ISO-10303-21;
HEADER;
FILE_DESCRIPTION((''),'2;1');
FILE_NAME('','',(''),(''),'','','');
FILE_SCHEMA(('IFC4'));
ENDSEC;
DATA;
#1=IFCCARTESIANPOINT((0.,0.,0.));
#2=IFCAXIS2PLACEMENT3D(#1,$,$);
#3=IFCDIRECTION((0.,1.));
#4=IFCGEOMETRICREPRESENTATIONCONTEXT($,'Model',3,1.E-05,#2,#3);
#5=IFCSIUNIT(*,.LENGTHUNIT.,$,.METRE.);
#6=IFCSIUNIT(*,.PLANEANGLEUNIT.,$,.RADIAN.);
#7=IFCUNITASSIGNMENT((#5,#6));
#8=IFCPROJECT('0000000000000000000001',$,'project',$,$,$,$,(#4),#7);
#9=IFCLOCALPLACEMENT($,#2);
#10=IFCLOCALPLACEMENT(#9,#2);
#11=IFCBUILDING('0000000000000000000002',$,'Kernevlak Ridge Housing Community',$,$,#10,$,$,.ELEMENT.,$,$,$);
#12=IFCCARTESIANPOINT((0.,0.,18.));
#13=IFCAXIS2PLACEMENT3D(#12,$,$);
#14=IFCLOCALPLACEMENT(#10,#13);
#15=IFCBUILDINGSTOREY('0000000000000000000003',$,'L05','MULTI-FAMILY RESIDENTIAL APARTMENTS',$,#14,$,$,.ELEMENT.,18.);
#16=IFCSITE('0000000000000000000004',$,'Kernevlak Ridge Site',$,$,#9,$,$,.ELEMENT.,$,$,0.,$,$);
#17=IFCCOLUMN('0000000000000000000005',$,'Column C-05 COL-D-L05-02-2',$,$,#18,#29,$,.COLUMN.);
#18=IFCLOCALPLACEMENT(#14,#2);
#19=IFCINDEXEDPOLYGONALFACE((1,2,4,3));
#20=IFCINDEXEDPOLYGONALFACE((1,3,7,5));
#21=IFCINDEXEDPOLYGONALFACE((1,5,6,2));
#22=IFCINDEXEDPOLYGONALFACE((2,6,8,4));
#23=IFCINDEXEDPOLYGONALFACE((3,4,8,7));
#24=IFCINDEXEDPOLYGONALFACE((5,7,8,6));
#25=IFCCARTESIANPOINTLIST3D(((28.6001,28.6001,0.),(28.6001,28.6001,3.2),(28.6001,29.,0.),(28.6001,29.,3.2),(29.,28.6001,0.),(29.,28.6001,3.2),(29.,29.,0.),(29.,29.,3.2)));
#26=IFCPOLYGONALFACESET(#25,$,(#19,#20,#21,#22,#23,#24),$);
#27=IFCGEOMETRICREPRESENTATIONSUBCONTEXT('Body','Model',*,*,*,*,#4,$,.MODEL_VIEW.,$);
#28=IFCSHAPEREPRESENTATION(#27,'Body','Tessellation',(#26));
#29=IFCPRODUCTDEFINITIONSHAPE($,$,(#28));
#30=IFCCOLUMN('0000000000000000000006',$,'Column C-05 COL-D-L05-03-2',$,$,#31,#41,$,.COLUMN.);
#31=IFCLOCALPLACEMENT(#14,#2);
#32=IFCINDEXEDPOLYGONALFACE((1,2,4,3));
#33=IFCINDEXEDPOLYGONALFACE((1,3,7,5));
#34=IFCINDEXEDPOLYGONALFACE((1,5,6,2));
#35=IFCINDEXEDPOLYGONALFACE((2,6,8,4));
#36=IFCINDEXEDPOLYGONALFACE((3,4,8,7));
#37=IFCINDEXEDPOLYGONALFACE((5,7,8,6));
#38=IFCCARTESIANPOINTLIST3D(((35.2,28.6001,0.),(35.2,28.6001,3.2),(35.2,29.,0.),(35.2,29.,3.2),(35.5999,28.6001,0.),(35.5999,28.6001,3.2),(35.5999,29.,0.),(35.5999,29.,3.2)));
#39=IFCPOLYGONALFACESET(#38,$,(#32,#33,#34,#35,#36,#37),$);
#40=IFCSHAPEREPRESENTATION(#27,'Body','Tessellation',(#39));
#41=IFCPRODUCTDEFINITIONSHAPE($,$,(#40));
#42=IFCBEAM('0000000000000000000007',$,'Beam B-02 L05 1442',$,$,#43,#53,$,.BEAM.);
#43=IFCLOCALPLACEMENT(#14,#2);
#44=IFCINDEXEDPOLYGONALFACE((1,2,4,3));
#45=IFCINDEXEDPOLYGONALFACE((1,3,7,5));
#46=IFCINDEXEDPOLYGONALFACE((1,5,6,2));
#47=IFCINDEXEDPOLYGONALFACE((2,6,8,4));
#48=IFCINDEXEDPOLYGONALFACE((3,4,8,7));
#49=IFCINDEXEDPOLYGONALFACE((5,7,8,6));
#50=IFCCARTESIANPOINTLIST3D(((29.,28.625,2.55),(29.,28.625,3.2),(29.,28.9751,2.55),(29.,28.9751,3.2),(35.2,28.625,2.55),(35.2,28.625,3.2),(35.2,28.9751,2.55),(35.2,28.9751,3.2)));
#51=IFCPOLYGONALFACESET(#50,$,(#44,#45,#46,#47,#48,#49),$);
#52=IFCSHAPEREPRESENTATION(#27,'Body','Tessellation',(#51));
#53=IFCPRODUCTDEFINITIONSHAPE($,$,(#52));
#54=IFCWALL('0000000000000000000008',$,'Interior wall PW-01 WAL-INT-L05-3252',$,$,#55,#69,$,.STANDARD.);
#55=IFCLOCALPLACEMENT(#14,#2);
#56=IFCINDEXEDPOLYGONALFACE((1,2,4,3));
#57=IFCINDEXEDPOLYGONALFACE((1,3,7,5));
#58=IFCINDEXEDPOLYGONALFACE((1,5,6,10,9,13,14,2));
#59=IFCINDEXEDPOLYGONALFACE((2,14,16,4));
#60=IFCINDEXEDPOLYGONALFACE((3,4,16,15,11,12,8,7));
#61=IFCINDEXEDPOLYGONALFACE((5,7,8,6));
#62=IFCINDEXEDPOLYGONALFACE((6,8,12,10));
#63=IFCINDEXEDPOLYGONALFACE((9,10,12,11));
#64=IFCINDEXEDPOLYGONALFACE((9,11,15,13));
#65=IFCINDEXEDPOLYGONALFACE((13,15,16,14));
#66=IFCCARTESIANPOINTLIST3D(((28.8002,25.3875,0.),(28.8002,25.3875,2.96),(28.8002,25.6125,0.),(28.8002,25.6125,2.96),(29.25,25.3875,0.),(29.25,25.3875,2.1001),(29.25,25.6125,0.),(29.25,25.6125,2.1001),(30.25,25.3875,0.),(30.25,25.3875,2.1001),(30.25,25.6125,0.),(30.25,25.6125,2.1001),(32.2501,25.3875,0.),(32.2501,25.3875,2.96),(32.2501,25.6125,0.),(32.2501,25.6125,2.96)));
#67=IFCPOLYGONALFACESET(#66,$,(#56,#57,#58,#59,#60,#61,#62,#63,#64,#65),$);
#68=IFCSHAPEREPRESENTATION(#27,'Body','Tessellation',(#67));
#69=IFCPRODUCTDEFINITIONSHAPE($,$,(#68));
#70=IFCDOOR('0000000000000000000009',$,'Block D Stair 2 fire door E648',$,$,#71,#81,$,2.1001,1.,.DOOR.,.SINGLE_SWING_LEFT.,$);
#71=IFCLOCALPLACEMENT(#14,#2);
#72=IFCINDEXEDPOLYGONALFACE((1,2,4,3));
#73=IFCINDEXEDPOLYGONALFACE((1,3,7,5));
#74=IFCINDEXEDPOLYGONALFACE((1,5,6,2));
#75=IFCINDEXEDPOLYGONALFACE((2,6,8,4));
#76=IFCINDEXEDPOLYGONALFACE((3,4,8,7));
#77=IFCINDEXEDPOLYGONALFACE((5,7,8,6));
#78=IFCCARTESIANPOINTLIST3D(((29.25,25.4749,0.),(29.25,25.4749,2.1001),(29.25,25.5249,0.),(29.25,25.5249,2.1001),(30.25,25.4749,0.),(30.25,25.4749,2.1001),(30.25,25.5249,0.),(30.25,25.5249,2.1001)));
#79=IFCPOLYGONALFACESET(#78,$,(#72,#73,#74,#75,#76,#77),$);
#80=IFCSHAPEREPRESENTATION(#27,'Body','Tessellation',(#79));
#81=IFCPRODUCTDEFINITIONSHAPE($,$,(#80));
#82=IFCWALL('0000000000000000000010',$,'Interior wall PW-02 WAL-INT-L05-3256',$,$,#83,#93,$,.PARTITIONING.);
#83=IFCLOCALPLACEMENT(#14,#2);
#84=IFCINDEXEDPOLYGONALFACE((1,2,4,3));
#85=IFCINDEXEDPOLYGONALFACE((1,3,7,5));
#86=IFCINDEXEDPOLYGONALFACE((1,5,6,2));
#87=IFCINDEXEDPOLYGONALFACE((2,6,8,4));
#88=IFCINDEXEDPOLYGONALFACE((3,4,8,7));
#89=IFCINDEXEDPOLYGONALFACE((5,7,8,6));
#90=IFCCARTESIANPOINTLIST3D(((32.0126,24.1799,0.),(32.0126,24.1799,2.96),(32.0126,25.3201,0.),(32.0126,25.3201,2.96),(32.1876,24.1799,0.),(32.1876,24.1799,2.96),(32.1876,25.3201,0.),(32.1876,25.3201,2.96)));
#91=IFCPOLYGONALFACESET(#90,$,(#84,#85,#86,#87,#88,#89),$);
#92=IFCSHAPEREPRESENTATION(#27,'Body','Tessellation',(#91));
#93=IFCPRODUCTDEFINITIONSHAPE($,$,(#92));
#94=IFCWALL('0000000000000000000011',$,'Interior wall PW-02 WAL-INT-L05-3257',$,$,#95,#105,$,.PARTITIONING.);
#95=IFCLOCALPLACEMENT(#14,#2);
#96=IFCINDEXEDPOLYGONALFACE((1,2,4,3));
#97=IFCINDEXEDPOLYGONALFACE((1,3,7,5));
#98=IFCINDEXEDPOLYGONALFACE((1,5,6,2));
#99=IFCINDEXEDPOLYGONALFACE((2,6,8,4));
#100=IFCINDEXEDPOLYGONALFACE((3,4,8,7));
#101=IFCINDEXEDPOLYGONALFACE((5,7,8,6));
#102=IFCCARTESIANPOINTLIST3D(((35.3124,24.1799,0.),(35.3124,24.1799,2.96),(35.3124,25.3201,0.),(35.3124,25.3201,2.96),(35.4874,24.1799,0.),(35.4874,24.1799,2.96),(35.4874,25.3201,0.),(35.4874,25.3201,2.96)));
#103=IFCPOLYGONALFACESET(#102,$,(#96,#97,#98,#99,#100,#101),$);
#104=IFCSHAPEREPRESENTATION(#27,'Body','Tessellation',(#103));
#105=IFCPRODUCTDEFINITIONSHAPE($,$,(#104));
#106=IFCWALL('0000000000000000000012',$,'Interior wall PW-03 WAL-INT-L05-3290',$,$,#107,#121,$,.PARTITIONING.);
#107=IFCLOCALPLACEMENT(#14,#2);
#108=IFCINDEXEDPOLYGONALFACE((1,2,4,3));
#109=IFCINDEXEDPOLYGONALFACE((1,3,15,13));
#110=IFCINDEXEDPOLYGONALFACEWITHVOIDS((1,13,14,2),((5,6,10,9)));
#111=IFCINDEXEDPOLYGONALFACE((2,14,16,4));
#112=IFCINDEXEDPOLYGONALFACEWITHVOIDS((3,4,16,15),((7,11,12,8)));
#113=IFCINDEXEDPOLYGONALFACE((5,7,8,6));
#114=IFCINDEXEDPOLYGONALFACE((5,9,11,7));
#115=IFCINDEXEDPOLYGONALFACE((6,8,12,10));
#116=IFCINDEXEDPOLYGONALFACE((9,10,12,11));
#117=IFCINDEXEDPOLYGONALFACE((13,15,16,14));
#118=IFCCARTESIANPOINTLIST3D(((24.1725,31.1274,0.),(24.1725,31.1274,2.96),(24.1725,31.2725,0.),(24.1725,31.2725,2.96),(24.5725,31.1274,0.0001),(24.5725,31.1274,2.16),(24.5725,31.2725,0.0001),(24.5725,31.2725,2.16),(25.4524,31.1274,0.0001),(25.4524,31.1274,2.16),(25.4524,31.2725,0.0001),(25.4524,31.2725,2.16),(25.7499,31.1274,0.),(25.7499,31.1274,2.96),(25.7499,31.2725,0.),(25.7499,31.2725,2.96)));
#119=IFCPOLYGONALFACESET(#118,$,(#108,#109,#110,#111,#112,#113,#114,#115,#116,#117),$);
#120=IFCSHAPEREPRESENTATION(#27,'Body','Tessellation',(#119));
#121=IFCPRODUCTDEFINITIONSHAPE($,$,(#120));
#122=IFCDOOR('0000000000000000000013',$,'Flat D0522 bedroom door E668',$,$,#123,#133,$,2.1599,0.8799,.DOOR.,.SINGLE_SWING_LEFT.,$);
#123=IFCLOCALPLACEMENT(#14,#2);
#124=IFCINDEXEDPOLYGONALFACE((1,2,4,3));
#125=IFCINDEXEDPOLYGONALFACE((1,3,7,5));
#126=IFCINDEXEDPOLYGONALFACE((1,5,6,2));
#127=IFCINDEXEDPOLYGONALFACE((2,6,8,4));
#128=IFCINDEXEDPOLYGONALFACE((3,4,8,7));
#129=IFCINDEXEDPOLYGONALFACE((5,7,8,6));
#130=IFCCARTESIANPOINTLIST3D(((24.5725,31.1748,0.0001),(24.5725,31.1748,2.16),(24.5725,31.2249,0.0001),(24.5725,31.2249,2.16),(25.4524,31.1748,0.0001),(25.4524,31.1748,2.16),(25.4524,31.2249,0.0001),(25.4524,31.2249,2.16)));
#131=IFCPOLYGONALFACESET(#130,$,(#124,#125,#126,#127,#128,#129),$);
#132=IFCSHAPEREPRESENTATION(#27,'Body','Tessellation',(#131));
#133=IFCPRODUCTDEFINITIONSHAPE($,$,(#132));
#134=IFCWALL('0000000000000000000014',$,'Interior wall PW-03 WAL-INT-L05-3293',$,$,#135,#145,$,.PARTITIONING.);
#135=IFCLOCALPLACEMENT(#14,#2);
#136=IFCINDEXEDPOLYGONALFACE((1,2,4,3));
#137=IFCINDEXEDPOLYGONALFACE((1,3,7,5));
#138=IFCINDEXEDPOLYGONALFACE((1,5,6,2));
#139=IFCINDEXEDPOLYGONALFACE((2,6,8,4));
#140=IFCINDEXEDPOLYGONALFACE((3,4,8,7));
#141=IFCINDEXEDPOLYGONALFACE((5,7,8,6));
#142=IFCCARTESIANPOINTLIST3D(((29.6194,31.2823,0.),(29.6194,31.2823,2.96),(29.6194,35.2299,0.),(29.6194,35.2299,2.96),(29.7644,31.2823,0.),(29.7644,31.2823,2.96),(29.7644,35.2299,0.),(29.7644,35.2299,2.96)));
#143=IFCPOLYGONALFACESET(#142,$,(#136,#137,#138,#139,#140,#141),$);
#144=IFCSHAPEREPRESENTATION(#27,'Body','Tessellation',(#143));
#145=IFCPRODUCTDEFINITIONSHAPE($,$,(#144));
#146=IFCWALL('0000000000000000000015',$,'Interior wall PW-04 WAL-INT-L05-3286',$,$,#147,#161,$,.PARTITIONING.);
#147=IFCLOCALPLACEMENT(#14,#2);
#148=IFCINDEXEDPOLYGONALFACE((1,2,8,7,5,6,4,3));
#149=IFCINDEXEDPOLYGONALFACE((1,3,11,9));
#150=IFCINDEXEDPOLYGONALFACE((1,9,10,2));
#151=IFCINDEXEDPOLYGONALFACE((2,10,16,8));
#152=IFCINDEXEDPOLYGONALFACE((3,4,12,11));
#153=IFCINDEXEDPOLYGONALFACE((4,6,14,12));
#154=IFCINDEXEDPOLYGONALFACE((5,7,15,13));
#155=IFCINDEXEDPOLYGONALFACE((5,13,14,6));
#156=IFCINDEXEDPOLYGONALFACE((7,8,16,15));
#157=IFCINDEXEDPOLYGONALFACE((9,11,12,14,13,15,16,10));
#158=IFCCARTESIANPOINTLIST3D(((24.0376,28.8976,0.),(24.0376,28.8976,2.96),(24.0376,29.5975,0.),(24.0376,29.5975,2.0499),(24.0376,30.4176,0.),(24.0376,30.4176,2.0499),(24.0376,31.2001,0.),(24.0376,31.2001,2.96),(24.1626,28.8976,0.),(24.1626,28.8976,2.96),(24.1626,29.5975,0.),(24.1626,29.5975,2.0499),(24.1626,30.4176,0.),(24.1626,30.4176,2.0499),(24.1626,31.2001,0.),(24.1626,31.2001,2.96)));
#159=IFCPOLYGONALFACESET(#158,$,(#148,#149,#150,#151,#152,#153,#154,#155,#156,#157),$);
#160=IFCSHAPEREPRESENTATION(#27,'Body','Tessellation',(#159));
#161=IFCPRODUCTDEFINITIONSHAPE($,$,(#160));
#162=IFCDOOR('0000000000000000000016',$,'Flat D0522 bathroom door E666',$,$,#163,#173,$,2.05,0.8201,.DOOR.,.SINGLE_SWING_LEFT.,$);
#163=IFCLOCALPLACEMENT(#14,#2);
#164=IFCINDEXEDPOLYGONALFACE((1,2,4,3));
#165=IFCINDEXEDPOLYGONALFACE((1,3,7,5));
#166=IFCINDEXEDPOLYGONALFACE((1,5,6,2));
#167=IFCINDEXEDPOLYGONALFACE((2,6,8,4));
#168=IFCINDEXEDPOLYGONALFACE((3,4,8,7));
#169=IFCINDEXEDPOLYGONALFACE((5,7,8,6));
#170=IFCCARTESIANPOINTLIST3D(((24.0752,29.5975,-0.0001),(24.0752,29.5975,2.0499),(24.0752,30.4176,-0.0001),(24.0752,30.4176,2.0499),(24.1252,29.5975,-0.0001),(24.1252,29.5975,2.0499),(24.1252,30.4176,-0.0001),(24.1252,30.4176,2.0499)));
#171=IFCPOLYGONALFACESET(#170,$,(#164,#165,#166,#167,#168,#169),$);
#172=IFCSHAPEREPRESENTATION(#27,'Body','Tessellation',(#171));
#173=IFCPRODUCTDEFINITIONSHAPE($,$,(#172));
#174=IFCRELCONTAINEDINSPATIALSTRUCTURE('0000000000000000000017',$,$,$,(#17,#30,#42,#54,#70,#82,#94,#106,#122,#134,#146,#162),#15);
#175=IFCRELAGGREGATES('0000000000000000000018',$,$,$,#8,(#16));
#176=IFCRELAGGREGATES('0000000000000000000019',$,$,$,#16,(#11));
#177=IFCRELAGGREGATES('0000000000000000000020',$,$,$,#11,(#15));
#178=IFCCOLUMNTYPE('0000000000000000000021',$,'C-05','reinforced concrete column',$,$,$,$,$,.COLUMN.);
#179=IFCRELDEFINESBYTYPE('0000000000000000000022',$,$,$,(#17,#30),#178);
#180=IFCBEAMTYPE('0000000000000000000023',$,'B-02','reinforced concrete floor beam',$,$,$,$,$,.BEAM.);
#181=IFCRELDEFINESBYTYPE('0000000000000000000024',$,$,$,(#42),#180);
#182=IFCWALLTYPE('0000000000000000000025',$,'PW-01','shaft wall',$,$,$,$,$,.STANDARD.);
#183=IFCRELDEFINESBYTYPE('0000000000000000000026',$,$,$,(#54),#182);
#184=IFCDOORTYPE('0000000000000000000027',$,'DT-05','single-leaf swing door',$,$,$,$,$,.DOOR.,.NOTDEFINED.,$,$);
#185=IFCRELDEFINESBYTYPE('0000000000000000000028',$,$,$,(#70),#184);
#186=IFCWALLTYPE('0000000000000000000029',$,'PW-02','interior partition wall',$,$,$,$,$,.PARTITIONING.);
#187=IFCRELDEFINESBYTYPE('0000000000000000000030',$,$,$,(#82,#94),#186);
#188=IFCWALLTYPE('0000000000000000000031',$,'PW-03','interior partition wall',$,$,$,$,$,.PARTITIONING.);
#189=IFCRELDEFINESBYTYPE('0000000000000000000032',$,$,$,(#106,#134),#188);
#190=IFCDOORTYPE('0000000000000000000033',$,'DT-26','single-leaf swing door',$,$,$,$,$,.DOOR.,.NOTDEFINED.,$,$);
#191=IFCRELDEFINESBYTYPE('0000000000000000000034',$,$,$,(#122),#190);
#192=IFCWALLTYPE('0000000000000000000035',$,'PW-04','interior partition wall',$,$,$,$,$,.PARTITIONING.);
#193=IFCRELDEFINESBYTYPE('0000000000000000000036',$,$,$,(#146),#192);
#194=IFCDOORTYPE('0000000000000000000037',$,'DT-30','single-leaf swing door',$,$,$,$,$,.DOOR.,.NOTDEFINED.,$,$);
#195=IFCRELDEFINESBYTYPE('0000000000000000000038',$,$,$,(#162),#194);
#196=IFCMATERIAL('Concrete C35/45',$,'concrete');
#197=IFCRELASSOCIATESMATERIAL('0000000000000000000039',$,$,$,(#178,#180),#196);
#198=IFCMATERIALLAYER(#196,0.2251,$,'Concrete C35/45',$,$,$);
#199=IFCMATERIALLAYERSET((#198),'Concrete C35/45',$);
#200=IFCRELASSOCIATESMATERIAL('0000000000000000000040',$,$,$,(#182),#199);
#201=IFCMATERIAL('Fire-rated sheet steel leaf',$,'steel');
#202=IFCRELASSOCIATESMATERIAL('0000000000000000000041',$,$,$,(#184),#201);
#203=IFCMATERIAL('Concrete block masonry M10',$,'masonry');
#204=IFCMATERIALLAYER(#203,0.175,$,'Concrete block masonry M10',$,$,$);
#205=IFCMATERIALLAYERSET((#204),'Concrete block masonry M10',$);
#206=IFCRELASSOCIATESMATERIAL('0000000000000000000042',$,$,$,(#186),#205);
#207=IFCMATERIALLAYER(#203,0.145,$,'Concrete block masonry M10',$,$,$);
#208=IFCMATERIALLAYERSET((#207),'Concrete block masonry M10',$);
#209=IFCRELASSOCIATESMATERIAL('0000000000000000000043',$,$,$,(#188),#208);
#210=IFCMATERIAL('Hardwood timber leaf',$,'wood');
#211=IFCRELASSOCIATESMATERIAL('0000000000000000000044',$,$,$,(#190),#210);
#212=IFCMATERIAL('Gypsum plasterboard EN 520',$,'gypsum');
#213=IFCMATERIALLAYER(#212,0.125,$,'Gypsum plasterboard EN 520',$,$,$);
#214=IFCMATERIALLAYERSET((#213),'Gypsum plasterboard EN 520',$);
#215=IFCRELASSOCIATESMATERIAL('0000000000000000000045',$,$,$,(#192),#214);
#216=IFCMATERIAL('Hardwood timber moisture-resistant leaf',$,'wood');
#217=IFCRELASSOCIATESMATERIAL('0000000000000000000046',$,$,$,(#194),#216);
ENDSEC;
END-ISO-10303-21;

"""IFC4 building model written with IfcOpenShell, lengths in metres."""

from ifc_helpers import new_model, si_unit, direction, frame, frame_2d, origin, origin_2d, place, context, subcontext, project, spatial, rectangle, extrude, material, layer, layer_set, material_profile, profile_set, type_object, element, fill, save


model = new_model("IFC4")

# Units and contexts
model_context = context("Model", 3, precision=1e-05, world=origin(), true_north=direction((0.0, 1.0)))
body_context = subcontext(model_context, "Body", "Model", "MODEL_VIEW")
ifc_project = project(units=[si_unit("LENGTHUNIT", "METRE"), si_unit("PLANEANGLEUNIT", "RADIAN")], contexts=[model_context])

# Site, building, storey
site_placement = place(None, origin())
site = spatial("IfcSite", under=ifc_project, at=site_placement, Name="Kernevlak Ridge Site", CompositionType="ELEMENT", RefElevation=0.0)
building_placement = place(site_placement, origin())
building = spatial("IfcBuilding", under=site, at=building_placement, Name="Kernevlak Ridge Housing Community", CompositionType="ELEMENT")
storey_placement = place(building_placement, frame((0.0, 0.0, 18.0)))
storey = spatial("IfcBuildingStorey", under=building, at=storey_placement, Name="L05", Description="MULTI-FAMILY RESIDENTIAL APARTMENTS", CompositionType="ELEMENT", Elevation=18.0)

# Columns
ifc_material_1 = material(Name="Concrete C35/45", Category="concrete")
ifc_material_profile_1 = material_profile(ifc_material_1, rectangle(XDim=0.3999, YDim=0.3999, at=origin_2d()), Name="RC 400x400")
ifc_profile_set_1 = profile_set([ifc_material_profile_1], Name="Concrete C35/45")
column_type = type_object("IfcColumnType", Name="C-05", Description="reinforced concrete column", PredefinedType="COLUMN", material=ifc_profile_set_1)
for number, where, z_axis, x_axis, name in (
    (1, (28.8, 28.8, 0.0), (0.0, 0.0, 1.0), (1.0, 0.0, 0.0), "Column C-05 COL-D-L05-02-2"),
    (2, (35.3999, 28.8, 0.0), (0.0, 0.0, 1.0), (1.0, 0.0, 0.0), "Column C-05 COL-D-L05-03-2"),
):
    element("IfcColumn", number, at=place(storey_placement, frame(where, z_axis=z_axis, x_axis=x_axis)), inside=storey, type_object=column_type, Name=name, PredefinedType="COLUMN", context=body_context, shape_type="SweptSolid", body=[
        extrude(rectangle(XDim=0.3999, YDim=0.3999, at=origin_2d()), origin(), (0.0, 0.0, 1.0), 3.2),
    ])

# Beam
ifc_material_profile_2 = material_profile(ifc_material_1, rectangle(XDim=0.3501, YDim=0.6499, at=origin_2d()), Name="RC 350x650")
ifc_profile_set_2 = profile_set([ifc_material_profile_2], Name="Concrete C35/45")
beam_type = type_object("IfcBeamType", Name="B-02", Description="reinforced concrete floor beam", PredefinedType="BEAM", material=ifc_profile_set_2)
beam_placement = place(storey_placement, frame((29.0, 28.8, 2.875), z_axis=(1.0, 0.0, 0.0), x_axis=(0.0, 1.0, 0.0)))
element("IfcBeam", 3, at=beam_placement, inside=storey, type_object=beam_type, Name="Beam B-02 L05 1442", PredefinedType="BEAM", context=body_context, shape_type="SweptSolid", body=[
    extrude(rectangle(XDim=0.3501, YDim=0.6499, at=origin_2d()), origin(), (0.0, 0.0, 1.0), 6.2),
])

# Wall, opening, door
ifc_layer_1 = layer(ifc_material_1, 0.2251, Name="Concrete C35/45")
ifc_layer_set_1 = layer_set([ifc_layer_1], Name="Concrete C35/45")
wall_type_1 = type_object("IfcWallType", Name="PW-01", Description="shaft wall", PredefinedType="STANDARD", material=ifc_layer_set_1)
wall_1_placement = place(storey_placement, frame((28.8, 25.5, 0.0), z_axis=(0.0, 0.0, 1.0), x_axis=(1.0, 0.0, 0.0)))
wall_1 = element("IfcWall", 4, at=wall_1_placement, inside=storey, type_object=wall_type_1, Name="Interior wall PW-01 WAL-INT-L05-3252", PredefinedType="STANDARD", context=body_context, shape_type="SweptSolid", body=[
    extrude(rectangle(XDim=3.45, YDim=0.2251, at=frame_2d((1.7251, 0.0))), origin(), (0.0, 0.0, 1.0), 2.96),
])
opening_1_placement = place(wall_1_placement, frame((0.45, 0.0, 0.0)))
opening_1 = element("IfcOpeningElement", 5, at=opening_1_placement, cuts=wall_1, PredefinedType="OPENING", context=body_context, shape_type="SweptSolid", body=[
    extrude(rectangle(XDim=1.0, YDim=2.1001, at=frame_2d((0.5, 1.05))), frame((0.0, 0.1226, 0.0), z_axis=(0.0, -1.0, 0.0), x_axis=(1.0, 0.0, 0.0)), (0.0, 0.0, 1.0), 0.2451),
])
ifc_material_2 = material(Name="Fire-rated sheet steel leaf", Category="steel")
door_type_1 = type_object("IfcDoorType", Name="DT-05", Description="single-leaf swing door", OperationType="NOTDEFINED", PredefinedType="DOOR", material=ifc_material_2)
door_1_placement = place(opening_1_placement, origin())
door_1 = element("IfcDoor", 6, at=door_1_placement, inside=storey, type_object=door_type_1, Name="Block D Stair 2 fire door E648", OperationType="SINGLE_SWING_LEFT", OverallHeight=2.1001, OverallWidth=1.0, PredefinedType="DOOR", context=body_context, shape_type="SweptSolid", body=[
    extrude(rectangle(XDim=1.0, YDim=2.1001, at=frame_2d((0.5, 1.05))), frame((0.0, 0.0249, 0.0), z_axis=(0.0, -1.0, 0.0), x_axis=(1.0, 0.0, 0.0)), (0.0, 0.0, 1.0), 0.05),
])
fill(opening_1, door_1)

# Walls
ifc_material_3 = material(Name="Concrete block masonry M10", Category="masonry")
ifc_layer_2 = layer(ifc_material_3, 0.175, Name="Concrete block masonry M10")
ifc_layer_set_2 = layer_set([ifc_layer_2], Name="Concrete block masonry M10")
wall_type_2 = type_object("IfcWallType", Name="PW-02", Description="interior partition wall", PredefinedType="PARTITIONING", material=ifc_layer_set_2)
for number, where, z_axis, x_axis, name in (
    (7, (32.1001, 24.1799, 0.0), (0.0, 0.0, 1.0), (0.0, 1.0, 0.0), "Interior wall PW-02 WAL-INT-L05-3256"),
    (8, (35.3999, 24.1799, 0.0), (0.0, 0.0, 1.0), (0.0, 1.0, 0.0), "Interior wall PW-02 WAL-INT-L05-3257"),
):
    element("IfcWall", number, at=place(storey_placement, frame(where, z_axis=z_axis, x_axis=x_axis)), inside=storey, type_object=wall_type_2, Name=name, PredefinedType="PARTITIONING", context=body_context, shape_type="SweptSolid", body=[
        extrude(rectangle(XDim=1.1401, YDim=0.175, at=frame_2d((0.5701, 0.0))), origin(), (0.0, 0.0, 1.0), 2.96),
    ])

# Wall, opening, door
ifc_layer_3 = layer(ifc_material_3, 0.145, Name="Concrete block masonry M10")
ifc_layer_set_3 = layer_set([ifc_layer_3], Name="Concrete block masonry M10")
wall_type_3 = type_object("IfcWallType", Name="PW-03", Description="interior partition wall", PredefinedType="PARTITIONING", material=ifc_layer_set_3)
wall_2_placement = place(storey_placement, frame((24.1726, 31.2, 0.0), z_axis=(0.0, 0.0, 1.0), x_axis=(1.0, 0.0, 0.0)))
wall_2 = element("IfcWall", 9, at=wall_2_placement, inside=storey, type_object=wall_type_3, Name="Interior wall PW-03 WAL-INT-L05-3290", PredefinedType="PARTITIONING", context=body_context, shape_type="SweptSolid", body=[
    extrude(rectangle(XDim=1.5774, YDim=0.145, at=frame_2d((0.7886, 0.0))), origin(), (0.0, 0.0, 1.0), 2.96),
])
opening_2_placement = place(wall_2_placement, frame((0.3999, 0.0, 0.0)))
opening_2 = element("IfcOpeningElement", 10, at=opening_2_placement, cuts=wall_2, PredefinedType="OPENING", context=body_context, shape_type="SweptSolid", body=[
    extrude(rectangle(XDim=0.8799, YDim=2.1599, at=frame_2d((0.4399, 1.0801))), frame((0.0, 0.0825, 0.0), z_axis=(0.0, -1.0, 0.0), x_axis=(1.0, 0.0, 0.0)), (0.0, 0.0, 1.0), 0.165),
])
ifc_material_4 = material(Name="Hardwood timber leaf", Category="wood")
door_type_2 = type_object("IfcDoorType", Name="DT-26", Description="single-leaf swing door", OperationType="NOTDEFINED", PredefinedType="DOOR", material=ifc_material_4)
door_2_placement = place(opening_2_placement, origin())
door_2 = element("IfcDoor", 11, at=door_2_placement, inside=storey, type_object=door_type_2, Name="Flat D0522 bedroom door E668", OperationType="SINGLE_SWING_LEFT", OverallHeight=2.1599, OverallWidth=0.8799, PredefinedType="DOOR", context=body_context, shape_type="SweptSolid", body=[
    extrude(rectangle(XDim=0.8799, YDim=2.1599, at=frame_2d((0.4399, 1.0801))), frame((0.0, 0.0249, 0.0), z_axis=(0.0, -1.0, 0.0), x_axis=(1.0, 0.0, 0.0)), (0.0, 0.0, 1.0), 0.05),
])
fill(opening_2, door_2)

# Wall
wall_3_placement = place(storey_placement, frame((29.6919, 31.2825, 0.0), z_axis=(0.0, 0.0, 1.0), x_axis=(0.0, 1.0, 0.0)))
element("IfcWall", 12, at=wall_3_placement, inside=storey, type_object=wall_type_3, Name="Interior wall PW-03 WAL-INT-L05-3293", PredefinedType="PARTITIONING", context=body_context, shape_type="SweptSolid", body=[
    extrude(rectangle(XDim=3.9475, YDim=0.145, at=frame_2d((1.9736, 0.0))), origin(), (0.0, 0.0, 1.0), 2.96),
])

# Wall, opening, door
ifc_material_5 = material(Name="Gypsum plasterboard EN 520", Category="gypsum")
ifc_layer_4 = layer(ifc_material_5, 0.125, Name="Gypsum plasterboard EN 520")
ifc_layer_set_4 = layer_set([ifc_layer_4], Name="Gypsum plasterboard EN 520")
wall_type_4 = type_object("IfcWallType", Name="PW-04", Description="interior partition wall", PredefinedType="PARTITIONING", material=ifc_layer_set_4)
wall_4_placement = place(storey_placement, frame((24.1001, 28.8975, 0.0), z_axis=(0.0, 0.0, 1.0), x_axis=(0.0, 1.0, 0.0)))
wall_4 = element("IfcWall", 13, at=wall_4_placement, inside=storey, type_object=wall_type_4, Name="Interior wall PW-04 WAL-INT-L05-3286", PredefinedType="PARTITIONING", context=body_context, shape_type="SweptSolid", body=[
    extrude(rectangle(XDim=2.3025, YDim=0.125, at=frame_2d((1.1514, 0.0))), origin(), (0.0, 0.0, 1.0), 2.96),
])
opening_3_placement = place(wall_4_placement, frame((0.7, 0.0, 0.0)))
opening_3 = element("IfcOpeningElement", 14, at=opening_3_placement, cuts=wall_4, PredefinedType="OPENING", context=body_context, shape_type="SweptSolid", body=[
    extrude(rectangle(XDim=0.8201, YDim=2.05, at=frame_2d((0.4102, 1.0249))), frame((0.0, 0.0725, 0.0), z_axis=(0.0, -1.0, 0.0), x_axis=(1.0, 0.0, 0.0)), (0.0, 0.0, 1.0), 0.145),
])
ifc_material_6 = material(Name="Hardwood timber moisture-resistant leaf", Category="wood")
door_type_3 = type_object("IfcDoorType", Name="DT-30", Description="single-leaf swing door", OperationType="NOTDEFINED", PredefinedType="DOOR", material=ifc_material_6)
door_3_placement = place(opening_3_placement, origin())
door_3 = element("IfcDoor", 15, at=door_3_placement, inside=storey, type_object=door_type_3, Name="Flat D0522 bathroom door E666", OperationType="SINGLE_SWING_LEFT", OverallHeight=2.05, OverallWidth=0.8201, PredefinedType="DOOR", context=body_context, shape_type="SweptSolid", body=[
    extrude(rectangle(XDim=0.8201, YDim=2.05, at=frame_2d((0.4102, 1.0249))), frame((0.0, 0.0249, 0.0), z_axis=(0.0, -1.0, 0.0), x_axis=(1.0, 0.0, 0.0)), (0.0, 0.0, 1.0), 0.05),
])
fill(opening_3, door_3)

save(model, "model.ifc")
